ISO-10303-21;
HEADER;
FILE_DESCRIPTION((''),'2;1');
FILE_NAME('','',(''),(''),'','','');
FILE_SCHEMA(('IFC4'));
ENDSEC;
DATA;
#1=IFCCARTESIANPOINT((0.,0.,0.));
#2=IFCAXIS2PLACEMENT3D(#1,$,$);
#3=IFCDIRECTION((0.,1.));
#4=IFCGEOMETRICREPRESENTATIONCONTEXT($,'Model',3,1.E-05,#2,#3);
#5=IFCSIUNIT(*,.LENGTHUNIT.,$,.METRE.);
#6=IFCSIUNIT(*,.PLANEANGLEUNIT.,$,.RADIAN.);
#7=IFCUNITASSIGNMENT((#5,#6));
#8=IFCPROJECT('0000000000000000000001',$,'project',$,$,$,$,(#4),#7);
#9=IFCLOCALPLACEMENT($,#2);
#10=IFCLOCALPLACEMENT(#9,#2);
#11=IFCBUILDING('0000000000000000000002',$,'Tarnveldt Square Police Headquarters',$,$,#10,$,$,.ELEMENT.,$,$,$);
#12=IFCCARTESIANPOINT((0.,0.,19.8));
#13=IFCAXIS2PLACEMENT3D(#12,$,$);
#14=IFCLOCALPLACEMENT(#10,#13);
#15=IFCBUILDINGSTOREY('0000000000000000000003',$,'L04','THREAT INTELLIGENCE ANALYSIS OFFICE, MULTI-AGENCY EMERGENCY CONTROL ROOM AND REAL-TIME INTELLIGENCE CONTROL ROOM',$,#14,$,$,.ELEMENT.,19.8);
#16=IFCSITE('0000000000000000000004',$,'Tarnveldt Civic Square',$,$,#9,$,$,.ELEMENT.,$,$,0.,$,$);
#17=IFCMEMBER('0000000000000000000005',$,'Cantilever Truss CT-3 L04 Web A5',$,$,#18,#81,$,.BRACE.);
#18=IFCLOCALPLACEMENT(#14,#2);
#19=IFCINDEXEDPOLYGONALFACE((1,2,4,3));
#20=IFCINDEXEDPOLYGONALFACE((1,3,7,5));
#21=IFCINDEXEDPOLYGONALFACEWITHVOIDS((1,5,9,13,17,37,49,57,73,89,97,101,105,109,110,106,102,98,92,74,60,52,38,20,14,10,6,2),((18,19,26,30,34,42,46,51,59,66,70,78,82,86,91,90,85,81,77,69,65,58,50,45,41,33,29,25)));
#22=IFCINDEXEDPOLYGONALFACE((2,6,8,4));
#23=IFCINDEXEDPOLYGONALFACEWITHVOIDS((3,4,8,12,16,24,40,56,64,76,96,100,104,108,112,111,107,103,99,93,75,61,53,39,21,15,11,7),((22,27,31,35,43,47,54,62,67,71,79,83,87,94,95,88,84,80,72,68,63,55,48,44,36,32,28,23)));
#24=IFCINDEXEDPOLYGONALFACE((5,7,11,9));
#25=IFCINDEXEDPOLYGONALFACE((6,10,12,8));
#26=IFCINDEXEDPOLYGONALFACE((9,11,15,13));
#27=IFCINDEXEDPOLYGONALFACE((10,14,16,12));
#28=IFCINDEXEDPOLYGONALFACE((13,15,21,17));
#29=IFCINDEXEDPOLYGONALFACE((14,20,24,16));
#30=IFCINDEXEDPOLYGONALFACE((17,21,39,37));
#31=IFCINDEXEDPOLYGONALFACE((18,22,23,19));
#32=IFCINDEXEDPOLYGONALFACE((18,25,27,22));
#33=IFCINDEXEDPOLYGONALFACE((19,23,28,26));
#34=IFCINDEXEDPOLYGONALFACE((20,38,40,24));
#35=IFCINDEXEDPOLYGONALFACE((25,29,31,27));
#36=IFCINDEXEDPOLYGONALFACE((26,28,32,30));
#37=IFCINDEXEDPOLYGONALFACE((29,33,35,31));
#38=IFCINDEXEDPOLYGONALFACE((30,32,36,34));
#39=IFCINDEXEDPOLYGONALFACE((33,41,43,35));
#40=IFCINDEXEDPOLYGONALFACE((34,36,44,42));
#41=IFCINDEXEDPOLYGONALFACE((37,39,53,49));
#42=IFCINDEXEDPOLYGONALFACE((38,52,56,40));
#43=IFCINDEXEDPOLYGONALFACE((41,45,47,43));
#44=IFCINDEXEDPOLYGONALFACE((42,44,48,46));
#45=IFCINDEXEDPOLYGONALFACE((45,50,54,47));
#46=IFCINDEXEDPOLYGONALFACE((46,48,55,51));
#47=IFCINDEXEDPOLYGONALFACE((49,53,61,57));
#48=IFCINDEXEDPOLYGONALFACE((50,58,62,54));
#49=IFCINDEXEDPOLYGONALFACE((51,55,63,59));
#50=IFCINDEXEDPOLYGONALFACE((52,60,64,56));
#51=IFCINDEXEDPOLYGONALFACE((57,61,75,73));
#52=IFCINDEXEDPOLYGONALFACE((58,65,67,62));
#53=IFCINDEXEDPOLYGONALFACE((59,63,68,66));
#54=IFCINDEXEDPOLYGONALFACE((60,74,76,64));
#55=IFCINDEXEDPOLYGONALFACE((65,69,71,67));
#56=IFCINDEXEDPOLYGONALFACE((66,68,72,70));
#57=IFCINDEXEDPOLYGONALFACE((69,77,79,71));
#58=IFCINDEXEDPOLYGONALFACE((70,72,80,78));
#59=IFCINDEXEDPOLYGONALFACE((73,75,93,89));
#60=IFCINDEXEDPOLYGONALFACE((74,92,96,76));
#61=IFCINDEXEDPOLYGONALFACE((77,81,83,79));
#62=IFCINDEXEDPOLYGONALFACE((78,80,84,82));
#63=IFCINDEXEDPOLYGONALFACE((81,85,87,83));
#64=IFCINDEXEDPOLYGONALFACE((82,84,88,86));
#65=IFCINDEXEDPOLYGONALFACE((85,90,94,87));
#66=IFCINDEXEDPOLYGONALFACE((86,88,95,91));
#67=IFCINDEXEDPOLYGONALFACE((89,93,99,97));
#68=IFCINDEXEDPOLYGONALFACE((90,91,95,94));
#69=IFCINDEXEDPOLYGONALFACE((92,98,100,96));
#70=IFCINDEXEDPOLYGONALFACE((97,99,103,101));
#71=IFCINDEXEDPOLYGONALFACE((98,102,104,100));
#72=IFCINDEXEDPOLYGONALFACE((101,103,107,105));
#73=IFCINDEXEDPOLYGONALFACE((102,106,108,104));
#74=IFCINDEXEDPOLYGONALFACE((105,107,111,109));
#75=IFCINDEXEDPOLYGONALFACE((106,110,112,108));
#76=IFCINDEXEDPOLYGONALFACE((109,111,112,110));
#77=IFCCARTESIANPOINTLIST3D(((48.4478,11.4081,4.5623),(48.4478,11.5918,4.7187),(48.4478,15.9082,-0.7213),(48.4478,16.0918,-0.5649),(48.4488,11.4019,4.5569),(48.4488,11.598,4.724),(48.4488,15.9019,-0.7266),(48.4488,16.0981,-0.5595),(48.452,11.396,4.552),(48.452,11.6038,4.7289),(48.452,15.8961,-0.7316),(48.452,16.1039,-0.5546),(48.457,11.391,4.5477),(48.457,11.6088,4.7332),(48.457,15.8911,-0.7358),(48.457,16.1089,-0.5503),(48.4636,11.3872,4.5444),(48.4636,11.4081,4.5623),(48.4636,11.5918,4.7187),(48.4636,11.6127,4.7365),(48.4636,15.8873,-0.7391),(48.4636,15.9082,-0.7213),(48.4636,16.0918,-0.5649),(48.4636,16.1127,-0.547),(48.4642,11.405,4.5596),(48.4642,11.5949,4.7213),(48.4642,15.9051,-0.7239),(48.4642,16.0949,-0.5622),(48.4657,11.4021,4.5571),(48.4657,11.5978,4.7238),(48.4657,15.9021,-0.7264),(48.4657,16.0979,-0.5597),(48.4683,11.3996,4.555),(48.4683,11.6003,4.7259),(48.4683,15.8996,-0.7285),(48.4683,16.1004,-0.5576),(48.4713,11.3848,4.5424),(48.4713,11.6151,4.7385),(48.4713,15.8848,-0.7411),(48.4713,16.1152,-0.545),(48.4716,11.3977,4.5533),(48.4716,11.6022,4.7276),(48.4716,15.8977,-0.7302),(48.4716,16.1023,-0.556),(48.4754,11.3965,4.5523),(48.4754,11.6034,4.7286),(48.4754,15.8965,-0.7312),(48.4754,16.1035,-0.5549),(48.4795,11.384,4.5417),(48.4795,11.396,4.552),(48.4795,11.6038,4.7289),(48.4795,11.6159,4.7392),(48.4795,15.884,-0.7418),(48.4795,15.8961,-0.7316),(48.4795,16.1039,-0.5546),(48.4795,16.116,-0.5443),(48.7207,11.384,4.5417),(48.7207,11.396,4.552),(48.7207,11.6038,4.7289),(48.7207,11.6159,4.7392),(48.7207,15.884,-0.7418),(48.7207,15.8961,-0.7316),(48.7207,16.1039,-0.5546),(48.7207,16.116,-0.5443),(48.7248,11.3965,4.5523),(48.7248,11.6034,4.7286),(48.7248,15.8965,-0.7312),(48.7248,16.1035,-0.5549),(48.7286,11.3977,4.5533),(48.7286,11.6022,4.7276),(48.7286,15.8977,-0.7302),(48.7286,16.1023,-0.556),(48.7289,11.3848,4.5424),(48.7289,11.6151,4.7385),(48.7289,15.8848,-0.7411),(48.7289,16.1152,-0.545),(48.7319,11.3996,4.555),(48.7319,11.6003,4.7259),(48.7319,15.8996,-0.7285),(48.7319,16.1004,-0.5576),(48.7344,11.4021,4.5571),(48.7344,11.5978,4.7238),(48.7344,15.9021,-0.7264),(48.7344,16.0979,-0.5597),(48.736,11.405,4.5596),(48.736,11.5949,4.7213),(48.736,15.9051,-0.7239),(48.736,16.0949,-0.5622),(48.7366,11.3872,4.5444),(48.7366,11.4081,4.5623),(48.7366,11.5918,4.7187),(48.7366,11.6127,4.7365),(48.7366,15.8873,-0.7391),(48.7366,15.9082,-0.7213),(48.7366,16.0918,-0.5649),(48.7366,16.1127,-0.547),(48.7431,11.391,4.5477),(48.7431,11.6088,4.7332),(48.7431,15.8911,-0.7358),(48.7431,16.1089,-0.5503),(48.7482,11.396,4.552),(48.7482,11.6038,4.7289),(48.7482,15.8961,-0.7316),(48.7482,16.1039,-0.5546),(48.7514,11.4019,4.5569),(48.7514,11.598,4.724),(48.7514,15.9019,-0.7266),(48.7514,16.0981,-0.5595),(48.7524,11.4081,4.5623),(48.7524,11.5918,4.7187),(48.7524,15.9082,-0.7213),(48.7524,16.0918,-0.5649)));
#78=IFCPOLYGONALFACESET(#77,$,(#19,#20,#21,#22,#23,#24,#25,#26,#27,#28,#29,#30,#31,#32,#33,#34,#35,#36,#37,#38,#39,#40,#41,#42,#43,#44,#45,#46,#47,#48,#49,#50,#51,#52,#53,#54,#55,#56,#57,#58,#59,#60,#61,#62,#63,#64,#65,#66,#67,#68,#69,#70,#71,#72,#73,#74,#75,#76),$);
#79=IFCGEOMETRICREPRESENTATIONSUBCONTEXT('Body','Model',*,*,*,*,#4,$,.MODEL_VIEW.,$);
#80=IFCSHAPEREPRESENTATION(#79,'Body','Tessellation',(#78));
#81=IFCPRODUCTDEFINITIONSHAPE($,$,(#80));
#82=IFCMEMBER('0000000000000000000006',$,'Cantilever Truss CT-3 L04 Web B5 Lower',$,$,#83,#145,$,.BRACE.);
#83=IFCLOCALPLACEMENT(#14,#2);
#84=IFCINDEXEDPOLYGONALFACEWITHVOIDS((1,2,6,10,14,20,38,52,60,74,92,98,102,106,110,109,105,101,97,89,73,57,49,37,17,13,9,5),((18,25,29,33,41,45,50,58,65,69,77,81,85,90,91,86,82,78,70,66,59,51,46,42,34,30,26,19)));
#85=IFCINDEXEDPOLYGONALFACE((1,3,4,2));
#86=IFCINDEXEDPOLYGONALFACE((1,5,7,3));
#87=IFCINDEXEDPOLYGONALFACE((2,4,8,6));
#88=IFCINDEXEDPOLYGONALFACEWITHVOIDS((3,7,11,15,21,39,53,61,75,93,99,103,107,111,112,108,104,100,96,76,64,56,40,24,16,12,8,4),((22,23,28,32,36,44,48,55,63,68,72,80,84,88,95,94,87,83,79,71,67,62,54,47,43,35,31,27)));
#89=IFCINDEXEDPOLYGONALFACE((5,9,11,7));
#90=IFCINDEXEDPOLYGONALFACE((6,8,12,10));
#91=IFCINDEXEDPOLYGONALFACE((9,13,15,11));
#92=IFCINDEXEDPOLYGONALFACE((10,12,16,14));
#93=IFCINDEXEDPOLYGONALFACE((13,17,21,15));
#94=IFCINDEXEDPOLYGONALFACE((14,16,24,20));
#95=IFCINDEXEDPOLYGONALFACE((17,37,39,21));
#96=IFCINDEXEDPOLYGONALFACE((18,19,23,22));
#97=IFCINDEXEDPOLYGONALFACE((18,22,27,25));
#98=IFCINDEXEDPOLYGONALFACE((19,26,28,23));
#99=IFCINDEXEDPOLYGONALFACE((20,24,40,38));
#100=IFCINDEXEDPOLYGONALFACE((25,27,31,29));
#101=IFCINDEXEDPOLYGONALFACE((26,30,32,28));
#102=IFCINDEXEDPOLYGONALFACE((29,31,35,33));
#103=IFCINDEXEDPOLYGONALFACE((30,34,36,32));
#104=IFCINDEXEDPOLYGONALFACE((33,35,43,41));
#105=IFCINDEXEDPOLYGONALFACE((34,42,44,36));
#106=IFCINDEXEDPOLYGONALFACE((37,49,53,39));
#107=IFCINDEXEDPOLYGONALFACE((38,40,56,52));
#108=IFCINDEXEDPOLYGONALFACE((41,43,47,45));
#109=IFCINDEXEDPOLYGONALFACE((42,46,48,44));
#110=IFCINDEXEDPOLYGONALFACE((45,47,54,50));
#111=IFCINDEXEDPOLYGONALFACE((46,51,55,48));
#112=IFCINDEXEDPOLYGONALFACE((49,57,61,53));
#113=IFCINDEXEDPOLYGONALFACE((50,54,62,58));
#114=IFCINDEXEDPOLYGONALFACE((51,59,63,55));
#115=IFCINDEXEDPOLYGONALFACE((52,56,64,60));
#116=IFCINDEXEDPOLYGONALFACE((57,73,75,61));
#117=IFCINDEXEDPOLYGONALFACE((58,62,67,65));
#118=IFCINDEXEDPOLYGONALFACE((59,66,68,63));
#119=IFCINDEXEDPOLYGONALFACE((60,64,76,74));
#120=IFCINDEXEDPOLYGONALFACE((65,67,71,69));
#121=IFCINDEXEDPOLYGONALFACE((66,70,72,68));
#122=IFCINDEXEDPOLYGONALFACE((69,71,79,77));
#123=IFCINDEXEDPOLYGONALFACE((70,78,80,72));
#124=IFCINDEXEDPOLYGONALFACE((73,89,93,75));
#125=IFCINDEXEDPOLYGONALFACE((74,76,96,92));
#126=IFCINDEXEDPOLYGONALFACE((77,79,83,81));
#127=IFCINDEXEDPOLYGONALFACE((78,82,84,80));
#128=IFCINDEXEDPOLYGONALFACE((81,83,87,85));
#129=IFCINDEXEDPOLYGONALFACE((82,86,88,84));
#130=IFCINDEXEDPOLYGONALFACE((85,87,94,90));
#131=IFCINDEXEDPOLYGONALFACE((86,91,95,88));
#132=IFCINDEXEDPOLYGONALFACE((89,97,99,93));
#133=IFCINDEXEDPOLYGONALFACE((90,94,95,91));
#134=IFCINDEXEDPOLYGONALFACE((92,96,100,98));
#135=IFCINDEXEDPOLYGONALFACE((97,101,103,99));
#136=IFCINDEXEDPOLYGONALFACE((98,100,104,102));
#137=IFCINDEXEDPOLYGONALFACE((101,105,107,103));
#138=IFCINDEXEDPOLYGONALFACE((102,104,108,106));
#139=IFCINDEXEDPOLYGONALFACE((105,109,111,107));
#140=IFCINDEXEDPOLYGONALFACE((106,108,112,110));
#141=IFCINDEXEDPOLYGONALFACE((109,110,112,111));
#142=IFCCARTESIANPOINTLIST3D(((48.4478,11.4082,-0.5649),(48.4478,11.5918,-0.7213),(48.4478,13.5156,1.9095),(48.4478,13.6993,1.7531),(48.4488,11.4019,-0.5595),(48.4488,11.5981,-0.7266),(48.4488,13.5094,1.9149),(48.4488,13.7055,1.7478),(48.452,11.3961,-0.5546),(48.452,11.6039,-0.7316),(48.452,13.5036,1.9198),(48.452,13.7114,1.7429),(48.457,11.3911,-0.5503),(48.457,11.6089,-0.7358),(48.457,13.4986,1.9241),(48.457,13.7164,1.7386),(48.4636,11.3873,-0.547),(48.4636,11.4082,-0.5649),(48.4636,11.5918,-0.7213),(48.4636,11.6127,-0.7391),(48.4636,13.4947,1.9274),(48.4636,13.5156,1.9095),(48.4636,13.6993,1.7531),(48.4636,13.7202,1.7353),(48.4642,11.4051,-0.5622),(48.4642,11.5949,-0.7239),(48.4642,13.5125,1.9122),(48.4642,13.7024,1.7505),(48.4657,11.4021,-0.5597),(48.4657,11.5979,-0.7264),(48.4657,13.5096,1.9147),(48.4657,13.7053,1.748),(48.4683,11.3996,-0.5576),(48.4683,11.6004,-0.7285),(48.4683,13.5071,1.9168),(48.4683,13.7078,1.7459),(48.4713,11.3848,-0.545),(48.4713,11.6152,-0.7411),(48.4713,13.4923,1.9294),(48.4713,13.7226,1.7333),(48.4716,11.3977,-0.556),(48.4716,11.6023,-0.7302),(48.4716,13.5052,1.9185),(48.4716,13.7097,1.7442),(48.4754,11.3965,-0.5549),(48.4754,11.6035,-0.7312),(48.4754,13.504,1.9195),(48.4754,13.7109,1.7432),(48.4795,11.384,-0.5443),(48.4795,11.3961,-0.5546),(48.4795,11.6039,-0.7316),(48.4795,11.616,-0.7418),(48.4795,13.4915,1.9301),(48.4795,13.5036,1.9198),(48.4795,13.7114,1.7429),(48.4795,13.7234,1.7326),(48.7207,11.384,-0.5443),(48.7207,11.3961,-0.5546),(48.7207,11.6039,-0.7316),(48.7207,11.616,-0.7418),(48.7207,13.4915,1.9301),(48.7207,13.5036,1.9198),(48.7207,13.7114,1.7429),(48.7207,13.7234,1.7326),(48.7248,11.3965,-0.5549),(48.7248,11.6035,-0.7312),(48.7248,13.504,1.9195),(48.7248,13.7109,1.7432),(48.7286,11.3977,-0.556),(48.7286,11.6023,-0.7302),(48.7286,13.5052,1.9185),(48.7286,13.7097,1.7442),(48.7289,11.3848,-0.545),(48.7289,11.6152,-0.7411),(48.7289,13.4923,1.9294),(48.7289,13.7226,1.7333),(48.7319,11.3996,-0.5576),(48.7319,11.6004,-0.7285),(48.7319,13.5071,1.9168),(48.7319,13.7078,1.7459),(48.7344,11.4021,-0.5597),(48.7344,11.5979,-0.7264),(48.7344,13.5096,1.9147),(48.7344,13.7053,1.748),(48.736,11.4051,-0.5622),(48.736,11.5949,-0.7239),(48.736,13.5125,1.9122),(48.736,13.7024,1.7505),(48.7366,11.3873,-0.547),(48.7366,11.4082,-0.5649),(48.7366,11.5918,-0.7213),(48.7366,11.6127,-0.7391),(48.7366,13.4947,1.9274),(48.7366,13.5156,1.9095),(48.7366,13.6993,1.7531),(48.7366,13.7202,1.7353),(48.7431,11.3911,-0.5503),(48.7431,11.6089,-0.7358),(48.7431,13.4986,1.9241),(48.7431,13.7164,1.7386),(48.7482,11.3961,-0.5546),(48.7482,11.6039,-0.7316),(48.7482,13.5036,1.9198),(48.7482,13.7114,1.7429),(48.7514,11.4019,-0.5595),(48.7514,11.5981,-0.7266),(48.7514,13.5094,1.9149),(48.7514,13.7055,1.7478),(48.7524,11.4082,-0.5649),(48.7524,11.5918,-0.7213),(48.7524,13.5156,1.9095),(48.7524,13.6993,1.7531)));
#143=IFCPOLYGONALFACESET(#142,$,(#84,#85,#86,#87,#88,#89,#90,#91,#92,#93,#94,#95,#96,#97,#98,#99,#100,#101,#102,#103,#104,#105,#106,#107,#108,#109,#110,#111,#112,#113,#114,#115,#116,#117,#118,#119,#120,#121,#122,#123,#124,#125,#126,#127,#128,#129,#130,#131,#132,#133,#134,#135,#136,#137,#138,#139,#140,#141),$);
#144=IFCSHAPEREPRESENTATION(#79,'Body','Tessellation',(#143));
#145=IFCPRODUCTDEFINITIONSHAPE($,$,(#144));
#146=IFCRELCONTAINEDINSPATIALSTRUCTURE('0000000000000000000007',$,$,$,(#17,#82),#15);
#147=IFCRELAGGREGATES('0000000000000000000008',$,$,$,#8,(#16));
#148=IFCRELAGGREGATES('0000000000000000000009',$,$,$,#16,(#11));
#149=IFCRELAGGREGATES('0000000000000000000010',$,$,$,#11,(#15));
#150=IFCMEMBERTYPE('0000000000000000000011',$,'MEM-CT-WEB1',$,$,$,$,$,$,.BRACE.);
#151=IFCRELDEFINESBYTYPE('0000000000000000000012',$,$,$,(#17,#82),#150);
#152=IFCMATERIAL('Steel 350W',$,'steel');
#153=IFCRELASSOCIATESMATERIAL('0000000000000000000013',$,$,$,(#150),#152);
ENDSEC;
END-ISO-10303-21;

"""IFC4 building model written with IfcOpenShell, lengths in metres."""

from ifc_helpers import new_model, si_unit, direction, frame, origin, origin_2d, place, context, subcontext, project, spatial, hollow_rectangle, extrude, material, material_profile, profile_set, type_object, element, save


model = new_model("IFC4")

# Units and contexts
model_context = context("Model", 3, precision=1e-05, world=origin(), true_north=direction((0.0, 1.0)))
body_context = subcontext(model_context, "Body", "Model", "MODEL_VIEW")
ifc_project = project(units=[si_unit("LENGTHUNIT", "METRE"), si_unit("PLANEANGLEUNIT", "RADIAN")], contexts=[model_context])

# Site, building, storey
site_placement = place(None, origin())
site = spatial("IfcSite", under=ifc_project, at=site_placement, Name="Tarnveldt Civic Square", CompositionType="ELEMENT", RefElevation=0.0)
building_placement = place(site_placement, origin())
building = spatial("IfcBuilding", under=site, at=building_placement, Name="Tarnveldt Square Police Headquarters", CompositionType="ELEMENT")
storey_placement = place(building_placement, frame((0.0, 0.0, 19.8)))
storey = spatial("IfcBuildingStorey", under=building, at=storey_placement, Name="L04", Description="THREAT INTELLIGENCE ANALYSIS OFFICE, MULTI-AGENCY EMERGENCY CONTROL ROOM AND REAL-TIME INTELLIGENCE CONTROL ROOM", CompositionType="ELEMENT", Elevation=19.8)

# Shared definitions
ifc_material_1 = material(Name="Steel 350W", Category="steel")

# Members
ifc_material_profile_1 = material_profile(ifc_material_1, hollow_rectangle(XDim=0.3047, YDim=0.3047, WallThickness=0.0159, InnerFilletRadius=0.0159, OuterFilletRadius=0.0317, at=origin_2d()), Name="HSS305x305x16")
ifc_profile_set_1 = profile_set([ifc_material_profile_1], Name="Steel 350W")
member_type_1 = type_object("IfcMemberType", Name="MEM-CT-WEB1", PredefinedType="BRACE", material=ifc_profile_set_1)
member_1_placement = place(storey_placement, frame((48.6001, 16.0, -0.6431), z_axis=(0.0, -0.648407, 0.761294), x_axis=(1.0, 0.0, 0.0)))
element("IfcMember", 1, at=member_1_placement, inside=storey, type_object=member_type_1, Name="Cantilever Truss CT-3 L04 Web A5", PredefinedType="BRACE", context=body_context, shape_type="SweptSolid", body=[
    extrude(hollow_rectangle(XDim=0.3047, YDim=0.3047, WallThickness=0.0159, InnerFilletRadius=0.0159, OuterFilletRadius=0.0317, at=origin_2d()), origin(), (0.0, 0.0, 1.0), 6.9402),
])
member_2_placement = place(storey_placement, frame((48.6001, 11.5, -0.6431), z_axis=(0.0, 0.6484, 0.7613), x_axis=(-1.0, 0.0, 0.0)))
element("IfcMember", 2, at=member_2_placement, inside=storey, type_object=member_type_1, Name="Cantilever Truss CT-3 L04 Web B5 Lower", PredefinedType="BRACE", context=body_context, shape_type="SweptSolid", body=[
    extrude(hollow_rectangle(XDim=0.3047, YDim=0.3047, WallThickness=0.0159, InnerFilletRadius=0.0159, OuterFilletRadius=0.0317, at=origin_2d()), origin(), (0.0, 0.0, 1.0), 3.2502),
])

save(model, "model.ifc")
